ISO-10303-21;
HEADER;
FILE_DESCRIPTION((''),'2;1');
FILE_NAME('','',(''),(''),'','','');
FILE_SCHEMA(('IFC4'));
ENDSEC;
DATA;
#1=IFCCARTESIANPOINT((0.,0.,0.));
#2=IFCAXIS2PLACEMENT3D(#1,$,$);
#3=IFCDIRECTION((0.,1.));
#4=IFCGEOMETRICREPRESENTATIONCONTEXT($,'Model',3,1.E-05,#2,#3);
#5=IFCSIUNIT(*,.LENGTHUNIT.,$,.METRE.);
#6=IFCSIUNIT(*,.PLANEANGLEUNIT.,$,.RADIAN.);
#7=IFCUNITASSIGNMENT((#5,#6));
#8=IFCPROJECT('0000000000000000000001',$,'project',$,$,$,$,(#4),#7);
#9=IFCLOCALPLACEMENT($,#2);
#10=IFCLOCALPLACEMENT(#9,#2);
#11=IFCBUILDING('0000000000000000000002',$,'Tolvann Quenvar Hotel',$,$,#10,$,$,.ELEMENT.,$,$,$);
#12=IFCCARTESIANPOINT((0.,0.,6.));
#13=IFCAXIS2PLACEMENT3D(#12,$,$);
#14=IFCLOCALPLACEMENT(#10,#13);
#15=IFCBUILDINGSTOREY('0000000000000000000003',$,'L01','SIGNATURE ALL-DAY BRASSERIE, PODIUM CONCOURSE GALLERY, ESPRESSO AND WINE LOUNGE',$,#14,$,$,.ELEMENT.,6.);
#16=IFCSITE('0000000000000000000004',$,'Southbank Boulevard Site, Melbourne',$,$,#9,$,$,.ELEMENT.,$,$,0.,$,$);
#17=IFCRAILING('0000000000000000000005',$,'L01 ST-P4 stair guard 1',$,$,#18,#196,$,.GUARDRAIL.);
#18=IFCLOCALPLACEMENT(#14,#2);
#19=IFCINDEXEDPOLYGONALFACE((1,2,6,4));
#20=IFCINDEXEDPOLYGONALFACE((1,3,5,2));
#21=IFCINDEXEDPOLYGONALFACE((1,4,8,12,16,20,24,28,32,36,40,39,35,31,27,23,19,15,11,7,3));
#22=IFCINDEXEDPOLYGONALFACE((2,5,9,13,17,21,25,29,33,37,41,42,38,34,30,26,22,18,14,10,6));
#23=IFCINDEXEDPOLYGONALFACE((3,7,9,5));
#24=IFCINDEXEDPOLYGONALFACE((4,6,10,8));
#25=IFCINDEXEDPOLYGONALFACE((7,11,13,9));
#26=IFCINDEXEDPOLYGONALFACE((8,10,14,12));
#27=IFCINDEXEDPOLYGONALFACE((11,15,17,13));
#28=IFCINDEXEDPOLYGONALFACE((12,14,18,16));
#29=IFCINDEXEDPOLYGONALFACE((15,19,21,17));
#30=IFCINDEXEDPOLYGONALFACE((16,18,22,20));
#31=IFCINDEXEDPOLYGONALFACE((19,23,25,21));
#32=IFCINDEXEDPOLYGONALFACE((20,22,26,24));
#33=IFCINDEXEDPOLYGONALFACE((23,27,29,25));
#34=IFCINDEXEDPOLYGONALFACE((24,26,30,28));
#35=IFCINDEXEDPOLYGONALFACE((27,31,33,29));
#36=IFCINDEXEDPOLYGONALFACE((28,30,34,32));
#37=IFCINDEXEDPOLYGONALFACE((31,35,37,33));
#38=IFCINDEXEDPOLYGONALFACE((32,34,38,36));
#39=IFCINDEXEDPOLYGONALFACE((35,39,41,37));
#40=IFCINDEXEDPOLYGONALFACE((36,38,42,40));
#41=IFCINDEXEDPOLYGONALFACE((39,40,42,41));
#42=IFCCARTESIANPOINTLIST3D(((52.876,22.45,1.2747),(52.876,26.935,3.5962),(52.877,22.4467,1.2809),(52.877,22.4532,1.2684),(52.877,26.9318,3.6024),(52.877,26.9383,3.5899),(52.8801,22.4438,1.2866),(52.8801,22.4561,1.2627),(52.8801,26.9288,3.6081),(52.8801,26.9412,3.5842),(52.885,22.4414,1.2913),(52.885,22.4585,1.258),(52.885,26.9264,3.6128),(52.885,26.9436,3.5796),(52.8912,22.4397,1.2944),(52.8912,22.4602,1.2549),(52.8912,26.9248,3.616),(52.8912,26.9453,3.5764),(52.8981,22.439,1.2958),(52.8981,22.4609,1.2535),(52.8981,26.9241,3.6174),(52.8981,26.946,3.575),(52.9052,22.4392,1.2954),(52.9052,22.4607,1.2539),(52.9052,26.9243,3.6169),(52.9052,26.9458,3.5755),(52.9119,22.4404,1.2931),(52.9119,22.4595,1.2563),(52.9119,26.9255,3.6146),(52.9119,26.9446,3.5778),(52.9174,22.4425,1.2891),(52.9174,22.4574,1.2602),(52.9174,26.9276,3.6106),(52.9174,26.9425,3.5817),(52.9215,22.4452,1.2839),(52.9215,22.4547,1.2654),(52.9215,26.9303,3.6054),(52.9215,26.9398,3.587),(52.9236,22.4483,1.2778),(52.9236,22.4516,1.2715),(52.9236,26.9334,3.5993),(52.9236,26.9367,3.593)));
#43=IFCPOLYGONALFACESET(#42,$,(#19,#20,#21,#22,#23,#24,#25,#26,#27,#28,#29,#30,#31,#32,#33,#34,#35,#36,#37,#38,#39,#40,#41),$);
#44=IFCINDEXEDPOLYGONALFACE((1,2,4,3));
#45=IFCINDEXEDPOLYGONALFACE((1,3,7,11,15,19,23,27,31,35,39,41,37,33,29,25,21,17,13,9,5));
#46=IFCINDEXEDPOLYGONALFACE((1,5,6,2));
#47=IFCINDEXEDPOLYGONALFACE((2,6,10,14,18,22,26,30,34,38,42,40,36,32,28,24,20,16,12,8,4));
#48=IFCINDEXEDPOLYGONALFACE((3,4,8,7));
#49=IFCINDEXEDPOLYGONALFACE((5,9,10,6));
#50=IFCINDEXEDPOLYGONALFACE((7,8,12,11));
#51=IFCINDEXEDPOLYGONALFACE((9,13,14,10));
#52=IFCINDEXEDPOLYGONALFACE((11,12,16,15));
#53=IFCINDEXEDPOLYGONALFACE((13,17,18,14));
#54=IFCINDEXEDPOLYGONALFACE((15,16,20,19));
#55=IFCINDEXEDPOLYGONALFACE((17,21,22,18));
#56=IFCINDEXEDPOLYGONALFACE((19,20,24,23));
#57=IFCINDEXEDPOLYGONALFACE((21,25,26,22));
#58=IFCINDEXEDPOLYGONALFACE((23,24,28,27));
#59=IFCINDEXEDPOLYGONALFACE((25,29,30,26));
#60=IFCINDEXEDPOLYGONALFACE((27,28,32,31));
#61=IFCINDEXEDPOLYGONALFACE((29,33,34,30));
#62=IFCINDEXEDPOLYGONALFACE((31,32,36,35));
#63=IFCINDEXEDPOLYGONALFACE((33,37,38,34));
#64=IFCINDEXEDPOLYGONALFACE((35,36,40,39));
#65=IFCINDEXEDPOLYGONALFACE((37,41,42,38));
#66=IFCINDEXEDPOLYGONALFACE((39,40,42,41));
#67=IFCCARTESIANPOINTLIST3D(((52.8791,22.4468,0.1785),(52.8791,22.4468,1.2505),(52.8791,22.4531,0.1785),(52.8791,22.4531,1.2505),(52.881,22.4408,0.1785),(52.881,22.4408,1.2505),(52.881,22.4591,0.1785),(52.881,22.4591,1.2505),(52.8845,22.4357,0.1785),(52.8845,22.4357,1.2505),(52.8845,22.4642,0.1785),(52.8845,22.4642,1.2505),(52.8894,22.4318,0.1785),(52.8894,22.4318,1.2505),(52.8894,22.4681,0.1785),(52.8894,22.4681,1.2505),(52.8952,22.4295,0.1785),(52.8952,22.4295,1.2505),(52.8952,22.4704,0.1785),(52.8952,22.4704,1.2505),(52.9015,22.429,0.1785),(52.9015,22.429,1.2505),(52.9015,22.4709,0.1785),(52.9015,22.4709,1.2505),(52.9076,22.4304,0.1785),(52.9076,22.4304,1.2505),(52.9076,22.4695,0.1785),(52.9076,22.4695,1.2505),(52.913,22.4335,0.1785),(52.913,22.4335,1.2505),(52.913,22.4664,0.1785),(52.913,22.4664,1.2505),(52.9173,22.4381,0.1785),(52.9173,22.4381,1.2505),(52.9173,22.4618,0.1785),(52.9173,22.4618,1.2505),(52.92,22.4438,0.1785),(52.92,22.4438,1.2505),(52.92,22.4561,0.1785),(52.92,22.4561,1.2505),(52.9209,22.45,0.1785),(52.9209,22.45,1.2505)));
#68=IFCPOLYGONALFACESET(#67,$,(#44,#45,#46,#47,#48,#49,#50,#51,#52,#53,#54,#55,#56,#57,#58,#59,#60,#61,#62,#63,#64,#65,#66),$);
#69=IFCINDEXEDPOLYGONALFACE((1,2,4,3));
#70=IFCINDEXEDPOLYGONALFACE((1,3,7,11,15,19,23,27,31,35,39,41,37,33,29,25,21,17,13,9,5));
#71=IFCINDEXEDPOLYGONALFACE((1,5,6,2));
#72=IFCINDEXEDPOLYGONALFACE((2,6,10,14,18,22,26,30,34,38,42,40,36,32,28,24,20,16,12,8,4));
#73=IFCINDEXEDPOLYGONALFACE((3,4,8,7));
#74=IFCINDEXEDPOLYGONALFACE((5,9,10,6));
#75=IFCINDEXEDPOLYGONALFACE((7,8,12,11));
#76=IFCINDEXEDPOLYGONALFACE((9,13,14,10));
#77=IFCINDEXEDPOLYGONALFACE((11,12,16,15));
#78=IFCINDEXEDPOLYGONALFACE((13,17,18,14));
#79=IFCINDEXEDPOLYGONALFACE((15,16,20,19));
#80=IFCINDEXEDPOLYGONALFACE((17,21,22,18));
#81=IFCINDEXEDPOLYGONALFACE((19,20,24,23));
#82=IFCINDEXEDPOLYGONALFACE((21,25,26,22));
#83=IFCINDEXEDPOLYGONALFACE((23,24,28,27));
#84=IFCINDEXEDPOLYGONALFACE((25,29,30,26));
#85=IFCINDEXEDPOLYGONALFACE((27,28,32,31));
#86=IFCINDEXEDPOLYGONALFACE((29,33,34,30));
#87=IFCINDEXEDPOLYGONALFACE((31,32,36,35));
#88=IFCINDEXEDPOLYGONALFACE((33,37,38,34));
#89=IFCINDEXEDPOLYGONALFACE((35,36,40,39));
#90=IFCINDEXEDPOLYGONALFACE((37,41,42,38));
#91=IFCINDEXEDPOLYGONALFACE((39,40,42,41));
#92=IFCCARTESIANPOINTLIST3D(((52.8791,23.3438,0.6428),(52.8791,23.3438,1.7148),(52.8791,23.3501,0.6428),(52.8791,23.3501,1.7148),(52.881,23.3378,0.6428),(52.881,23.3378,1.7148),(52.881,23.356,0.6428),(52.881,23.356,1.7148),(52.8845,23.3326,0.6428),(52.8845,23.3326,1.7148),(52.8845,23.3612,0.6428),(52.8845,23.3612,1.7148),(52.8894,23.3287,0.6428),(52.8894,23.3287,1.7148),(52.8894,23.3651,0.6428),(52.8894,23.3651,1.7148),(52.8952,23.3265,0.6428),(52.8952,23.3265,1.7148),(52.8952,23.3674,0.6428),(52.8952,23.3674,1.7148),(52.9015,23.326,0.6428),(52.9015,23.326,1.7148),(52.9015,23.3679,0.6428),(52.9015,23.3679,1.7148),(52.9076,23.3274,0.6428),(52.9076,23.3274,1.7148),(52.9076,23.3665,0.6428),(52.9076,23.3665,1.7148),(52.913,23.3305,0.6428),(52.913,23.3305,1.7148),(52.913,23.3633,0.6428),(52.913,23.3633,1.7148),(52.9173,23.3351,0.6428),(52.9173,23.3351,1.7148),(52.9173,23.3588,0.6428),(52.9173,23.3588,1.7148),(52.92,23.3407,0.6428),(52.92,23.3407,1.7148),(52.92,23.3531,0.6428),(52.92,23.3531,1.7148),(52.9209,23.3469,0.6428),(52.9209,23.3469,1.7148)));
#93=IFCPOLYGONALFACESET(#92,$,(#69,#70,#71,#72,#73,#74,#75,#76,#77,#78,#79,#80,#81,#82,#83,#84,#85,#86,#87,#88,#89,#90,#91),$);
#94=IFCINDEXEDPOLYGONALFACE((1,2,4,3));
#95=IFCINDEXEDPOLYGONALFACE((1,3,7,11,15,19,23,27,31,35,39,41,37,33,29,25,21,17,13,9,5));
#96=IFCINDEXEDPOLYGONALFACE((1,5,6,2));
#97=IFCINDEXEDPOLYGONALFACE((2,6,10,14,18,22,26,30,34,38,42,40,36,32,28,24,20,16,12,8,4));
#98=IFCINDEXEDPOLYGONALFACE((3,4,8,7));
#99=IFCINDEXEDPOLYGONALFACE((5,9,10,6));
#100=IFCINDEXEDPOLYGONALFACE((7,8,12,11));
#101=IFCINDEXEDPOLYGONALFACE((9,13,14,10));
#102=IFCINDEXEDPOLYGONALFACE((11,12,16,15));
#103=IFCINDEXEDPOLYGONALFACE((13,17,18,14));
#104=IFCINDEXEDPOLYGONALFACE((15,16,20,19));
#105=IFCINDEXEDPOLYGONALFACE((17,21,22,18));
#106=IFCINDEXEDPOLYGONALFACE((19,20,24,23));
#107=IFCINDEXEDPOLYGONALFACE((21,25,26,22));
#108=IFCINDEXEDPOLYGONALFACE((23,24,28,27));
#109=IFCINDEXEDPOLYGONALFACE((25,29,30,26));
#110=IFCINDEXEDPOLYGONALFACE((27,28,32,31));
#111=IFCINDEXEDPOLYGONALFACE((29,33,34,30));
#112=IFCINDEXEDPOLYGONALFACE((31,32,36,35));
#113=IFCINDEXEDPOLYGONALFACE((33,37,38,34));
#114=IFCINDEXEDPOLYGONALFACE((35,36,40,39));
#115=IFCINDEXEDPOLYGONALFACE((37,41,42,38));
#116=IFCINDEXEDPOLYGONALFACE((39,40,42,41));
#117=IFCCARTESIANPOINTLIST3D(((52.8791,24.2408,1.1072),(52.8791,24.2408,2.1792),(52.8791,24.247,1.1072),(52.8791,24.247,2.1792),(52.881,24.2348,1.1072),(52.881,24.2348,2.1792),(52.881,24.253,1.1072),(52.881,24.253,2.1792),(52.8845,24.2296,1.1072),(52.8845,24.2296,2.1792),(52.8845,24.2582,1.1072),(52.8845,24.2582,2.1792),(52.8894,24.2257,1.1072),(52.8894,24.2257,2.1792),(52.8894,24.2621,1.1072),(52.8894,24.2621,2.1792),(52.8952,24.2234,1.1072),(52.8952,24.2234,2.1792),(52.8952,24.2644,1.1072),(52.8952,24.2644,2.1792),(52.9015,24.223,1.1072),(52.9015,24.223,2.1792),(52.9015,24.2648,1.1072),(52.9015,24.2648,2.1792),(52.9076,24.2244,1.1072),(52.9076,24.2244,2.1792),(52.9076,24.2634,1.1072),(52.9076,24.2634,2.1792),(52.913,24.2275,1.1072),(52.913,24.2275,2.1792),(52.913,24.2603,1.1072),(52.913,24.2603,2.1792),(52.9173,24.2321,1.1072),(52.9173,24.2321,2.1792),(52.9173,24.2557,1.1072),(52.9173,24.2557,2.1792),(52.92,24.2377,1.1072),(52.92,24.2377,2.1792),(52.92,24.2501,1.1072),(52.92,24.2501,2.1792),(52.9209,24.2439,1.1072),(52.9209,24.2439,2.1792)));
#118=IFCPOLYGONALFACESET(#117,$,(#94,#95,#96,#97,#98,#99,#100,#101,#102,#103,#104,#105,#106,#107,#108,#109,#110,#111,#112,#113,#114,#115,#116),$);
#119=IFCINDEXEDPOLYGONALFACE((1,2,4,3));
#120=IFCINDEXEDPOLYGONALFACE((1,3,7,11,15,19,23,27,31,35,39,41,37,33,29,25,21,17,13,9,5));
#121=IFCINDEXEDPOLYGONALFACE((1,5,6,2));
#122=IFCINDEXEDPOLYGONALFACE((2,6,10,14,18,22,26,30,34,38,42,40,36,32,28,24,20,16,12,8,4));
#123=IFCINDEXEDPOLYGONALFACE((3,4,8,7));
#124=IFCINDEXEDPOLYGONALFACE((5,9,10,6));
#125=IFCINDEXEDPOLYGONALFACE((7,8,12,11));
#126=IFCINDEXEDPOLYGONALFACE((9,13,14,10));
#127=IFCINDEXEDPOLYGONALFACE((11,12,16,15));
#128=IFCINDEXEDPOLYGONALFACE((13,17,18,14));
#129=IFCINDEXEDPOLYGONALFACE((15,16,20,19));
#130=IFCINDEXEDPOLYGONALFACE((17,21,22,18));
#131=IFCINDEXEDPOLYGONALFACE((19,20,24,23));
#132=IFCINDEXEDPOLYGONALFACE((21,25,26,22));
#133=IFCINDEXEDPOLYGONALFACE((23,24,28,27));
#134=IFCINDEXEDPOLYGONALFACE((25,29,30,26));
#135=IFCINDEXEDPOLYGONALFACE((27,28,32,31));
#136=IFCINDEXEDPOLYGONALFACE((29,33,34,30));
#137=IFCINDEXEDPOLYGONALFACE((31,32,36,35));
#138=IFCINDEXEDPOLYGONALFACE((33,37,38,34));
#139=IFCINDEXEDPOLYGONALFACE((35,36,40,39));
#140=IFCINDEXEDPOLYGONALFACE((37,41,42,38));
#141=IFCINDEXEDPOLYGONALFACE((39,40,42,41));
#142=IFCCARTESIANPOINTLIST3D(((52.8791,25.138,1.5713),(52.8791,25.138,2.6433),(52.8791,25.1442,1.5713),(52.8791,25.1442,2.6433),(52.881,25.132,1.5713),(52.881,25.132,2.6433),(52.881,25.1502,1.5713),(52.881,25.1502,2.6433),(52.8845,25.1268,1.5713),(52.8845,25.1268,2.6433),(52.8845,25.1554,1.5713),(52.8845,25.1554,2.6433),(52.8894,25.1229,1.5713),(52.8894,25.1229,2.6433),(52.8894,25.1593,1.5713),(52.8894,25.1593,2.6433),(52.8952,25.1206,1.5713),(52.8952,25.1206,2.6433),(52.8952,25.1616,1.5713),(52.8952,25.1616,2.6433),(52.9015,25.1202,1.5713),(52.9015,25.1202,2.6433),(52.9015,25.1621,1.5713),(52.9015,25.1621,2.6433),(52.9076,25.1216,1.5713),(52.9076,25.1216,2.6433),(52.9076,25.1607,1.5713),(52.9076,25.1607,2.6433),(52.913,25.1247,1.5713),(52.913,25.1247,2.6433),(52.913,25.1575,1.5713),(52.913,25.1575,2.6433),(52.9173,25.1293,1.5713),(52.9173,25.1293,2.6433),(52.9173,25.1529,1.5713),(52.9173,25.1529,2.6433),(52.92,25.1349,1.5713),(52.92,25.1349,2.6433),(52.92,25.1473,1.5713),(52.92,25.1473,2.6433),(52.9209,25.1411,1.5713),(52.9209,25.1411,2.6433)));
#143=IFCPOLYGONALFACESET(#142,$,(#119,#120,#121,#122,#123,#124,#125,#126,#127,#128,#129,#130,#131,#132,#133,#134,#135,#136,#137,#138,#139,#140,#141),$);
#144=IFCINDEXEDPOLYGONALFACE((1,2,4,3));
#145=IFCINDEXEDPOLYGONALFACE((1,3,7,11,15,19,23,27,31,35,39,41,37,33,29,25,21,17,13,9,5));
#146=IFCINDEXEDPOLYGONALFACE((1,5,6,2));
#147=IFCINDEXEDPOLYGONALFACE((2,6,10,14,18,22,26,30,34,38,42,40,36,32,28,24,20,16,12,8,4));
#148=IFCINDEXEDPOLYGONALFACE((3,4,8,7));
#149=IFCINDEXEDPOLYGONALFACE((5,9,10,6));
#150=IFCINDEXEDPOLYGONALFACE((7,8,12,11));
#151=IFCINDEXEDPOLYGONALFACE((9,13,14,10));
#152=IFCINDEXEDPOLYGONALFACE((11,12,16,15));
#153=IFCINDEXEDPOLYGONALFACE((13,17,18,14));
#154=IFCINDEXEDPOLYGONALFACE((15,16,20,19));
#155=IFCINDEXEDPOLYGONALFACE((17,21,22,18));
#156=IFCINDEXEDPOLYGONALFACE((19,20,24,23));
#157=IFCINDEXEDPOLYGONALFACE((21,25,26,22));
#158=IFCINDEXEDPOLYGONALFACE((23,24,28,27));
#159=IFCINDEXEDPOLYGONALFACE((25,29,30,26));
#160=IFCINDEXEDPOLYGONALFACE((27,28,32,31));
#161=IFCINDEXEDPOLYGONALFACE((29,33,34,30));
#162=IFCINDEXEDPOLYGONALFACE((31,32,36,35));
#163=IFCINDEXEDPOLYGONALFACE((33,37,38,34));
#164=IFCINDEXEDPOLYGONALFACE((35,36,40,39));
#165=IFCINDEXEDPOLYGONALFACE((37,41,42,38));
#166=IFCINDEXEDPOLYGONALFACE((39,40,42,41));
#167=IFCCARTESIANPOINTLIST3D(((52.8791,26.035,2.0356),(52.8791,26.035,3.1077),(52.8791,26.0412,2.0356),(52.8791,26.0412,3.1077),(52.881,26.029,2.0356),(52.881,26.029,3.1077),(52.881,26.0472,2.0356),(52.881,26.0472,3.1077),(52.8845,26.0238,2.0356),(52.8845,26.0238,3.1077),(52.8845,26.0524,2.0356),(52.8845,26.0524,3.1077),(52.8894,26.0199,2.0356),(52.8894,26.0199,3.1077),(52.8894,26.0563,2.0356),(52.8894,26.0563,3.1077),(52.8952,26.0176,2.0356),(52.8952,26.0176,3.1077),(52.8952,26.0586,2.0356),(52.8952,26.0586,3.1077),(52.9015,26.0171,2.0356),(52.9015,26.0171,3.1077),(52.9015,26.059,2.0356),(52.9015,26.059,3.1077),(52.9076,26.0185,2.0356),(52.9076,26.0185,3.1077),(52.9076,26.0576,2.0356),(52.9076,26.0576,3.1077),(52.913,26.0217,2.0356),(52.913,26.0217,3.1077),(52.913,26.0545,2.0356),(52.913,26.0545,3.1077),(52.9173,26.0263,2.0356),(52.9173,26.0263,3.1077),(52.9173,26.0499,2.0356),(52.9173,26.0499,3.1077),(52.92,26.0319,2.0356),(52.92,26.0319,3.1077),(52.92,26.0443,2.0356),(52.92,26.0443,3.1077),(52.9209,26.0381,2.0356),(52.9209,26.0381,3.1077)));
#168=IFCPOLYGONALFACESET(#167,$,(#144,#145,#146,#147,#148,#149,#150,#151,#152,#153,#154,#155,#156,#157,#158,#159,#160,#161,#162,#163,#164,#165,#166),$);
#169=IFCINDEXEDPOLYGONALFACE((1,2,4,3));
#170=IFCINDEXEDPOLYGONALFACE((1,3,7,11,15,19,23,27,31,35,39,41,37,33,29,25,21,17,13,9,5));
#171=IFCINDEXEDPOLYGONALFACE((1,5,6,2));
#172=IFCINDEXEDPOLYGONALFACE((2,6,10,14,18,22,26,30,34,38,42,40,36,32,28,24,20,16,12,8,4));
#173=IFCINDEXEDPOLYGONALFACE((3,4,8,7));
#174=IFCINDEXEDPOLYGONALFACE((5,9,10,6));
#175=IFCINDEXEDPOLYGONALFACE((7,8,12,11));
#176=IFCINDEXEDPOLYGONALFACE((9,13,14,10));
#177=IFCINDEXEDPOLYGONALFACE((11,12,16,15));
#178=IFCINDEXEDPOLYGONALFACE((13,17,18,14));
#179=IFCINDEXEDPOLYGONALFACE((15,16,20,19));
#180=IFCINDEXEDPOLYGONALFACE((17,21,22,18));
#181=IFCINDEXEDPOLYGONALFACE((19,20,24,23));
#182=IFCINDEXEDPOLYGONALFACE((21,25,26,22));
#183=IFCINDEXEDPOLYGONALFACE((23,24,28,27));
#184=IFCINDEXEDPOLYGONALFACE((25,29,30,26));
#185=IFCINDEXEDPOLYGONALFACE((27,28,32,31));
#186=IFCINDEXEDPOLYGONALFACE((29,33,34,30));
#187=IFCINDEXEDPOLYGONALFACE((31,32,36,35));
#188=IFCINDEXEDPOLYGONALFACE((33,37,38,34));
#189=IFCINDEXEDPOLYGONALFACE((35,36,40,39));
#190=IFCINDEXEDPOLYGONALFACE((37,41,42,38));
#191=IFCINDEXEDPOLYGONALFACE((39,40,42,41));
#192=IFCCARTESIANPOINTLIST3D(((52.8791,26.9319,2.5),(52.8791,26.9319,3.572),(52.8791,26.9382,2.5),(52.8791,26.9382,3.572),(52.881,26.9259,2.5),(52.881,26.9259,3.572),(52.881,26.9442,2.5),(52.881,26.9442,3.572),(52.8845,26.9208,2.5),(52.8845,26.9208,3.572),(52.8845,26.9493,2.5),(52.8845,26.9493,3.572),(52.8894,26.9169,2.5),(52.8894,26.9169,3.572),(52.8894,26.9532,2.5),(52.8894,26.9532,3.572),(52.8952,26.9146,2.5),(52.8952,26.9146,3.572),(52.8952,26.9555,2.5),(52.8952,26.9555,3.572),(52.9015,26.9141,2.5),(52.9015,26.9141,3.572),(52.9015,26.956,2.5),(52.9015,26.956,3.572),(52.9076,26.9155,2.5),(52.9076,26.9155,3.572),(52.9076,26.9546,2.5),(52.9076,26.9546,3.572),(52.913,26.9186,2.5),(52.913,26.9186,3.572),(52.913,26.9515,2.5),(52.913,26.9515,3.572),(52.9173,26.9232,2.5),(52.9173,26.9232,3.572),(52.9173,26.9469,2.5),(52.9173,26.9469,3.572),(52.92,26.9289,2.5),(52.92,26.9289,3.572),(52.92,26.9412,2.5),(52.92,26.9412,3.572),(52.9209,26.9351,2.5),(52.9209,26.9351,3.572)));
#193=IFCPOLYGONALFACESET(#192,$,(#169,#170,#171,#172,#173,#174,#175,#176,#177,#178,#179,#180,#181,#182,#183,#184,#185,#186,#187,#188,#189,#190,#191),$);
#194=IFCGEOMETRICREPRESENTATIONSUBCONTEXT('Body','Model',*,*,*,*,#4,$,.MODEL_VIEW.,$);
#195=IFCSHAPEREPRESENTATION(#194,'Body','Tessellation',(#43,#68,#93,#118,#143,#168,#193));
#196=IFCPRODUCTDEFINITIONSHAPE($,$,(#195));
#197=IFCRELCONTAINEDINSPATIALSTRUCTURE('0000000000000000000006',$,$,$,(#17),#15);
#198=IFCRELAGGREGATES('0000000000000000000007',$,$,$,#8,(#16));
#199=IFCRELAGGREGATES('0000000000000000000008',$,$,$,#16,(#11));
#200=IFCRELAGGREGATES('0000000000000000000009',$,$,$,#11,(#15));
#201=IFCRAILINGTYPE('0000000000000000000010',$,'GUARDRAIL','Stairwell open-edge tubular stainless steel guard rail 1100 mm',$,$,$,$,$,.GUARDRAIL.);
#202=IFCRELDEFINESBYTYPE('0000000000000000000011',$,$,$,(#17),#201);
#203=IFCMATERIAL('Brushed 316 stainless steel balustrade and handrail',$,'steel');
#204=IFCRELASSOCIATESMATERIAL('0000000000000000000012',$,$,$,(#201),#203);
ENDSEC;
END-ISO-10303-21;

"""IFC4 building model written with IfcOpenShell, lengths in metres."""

from ifc_helpers import new_model, si_unit, direction, frame, origin, origin_2d, place, context, subcontext, project, spatial, circle, extrude, material, type_object, element, save


model = new_model("IFC4")

# Units and contexts
model_context = context("Model", 3, precision=1e-05, world=origin(), true_north=direction((0.0, 1.0)))
body_context = subcontext(model_context, "Body", "Model", "MODEL_VIEW")
ifc_project = project(units=[si_unit("LENGTHUNIT", "METRE"), si_unit("PLANEANGLEUNIT", "RADIAN")], contexts=[model_context])

# Site, building, storey
site_placement = place(None, origin())
site = spatial("IfcSite", under=ifc_project, at=site_placement, Name="Southbank Boulevard Site, Melbourne", CompositionType="ELEMENT", RefElevation=0.0)
building_placement = place(site_placement, origin())
building = spatial("IfcBuilding", under=site, at=building_placement, Name="Tolvann Quenvar Hotel", CompositionType="ELEMENT")
storey_placement = place(building_placement, frame((0.0, 0.0, 6.0)))
storey = spatial("IfcBuildingStorey", under=building, at=storey_placement, Name="L01", Description="SIGNATURE ALL-DAY BRASSERIE, PODIUM CONCOURSE GALLERY, ESPRESSO AND WINE LOUNGE", CompositionType="ELEMENT", Elevation=6.0)

# Railing
ifc_material_1 = material(Name="Brushed 316 stainless steel balustrade and handrail", Category="steel")
railing_type_1 = type_object("IfcRailingType", Name="GUARDRAIL", Description="Stairwell open-edge tubular stainless steel guard rail 1100 mm", PredefinedType="GUARDRAIL", material=ifc_material_1)
railing_1_placement = place(storey_placement, frame((52.8999, 22.45, 0.1785)))
element("IfcRailing", 1, at=railing_1_placement, inside=storey, type_object=railing_type_1, Name="L01 ST-P4 stair guard 1", PredefinedType="GUARDRAIL", context=body_context, shape_type="SweptSolid", body=[
    extrude(circle(Radius=0.0239, at=origin_2d()), frame((0.0, 0.0, 1.0962), z_axis=(0.0, 0.888084, 0.459681), x_axis=(-1.0, 0.0, 0.0)), (0.0, 0.0, 1.0), 5.0503),
    extrude(circle(Radius=0.021, at=origin_2d()), origin(), (0.0, 0.0, 1.0), 1.072),
    extrude(circle(Radius=0.021, at=origin_2d()), frame((0.0, 0.897, 0.4644)), (0.0, 0.0, 1.0), 1.072),
    extrude(circle(Radius=0.021, at=origin_2d()), frame((0.0, 1.7939, 0.9287)), (0.0, 0.0, 1.0), 1.072),
    extrude(circle(Radius=0.021, at=origin_2d()), frame((0.0, 2.6912, 1.3928)), (0.0, 0.0, 1.0), 1.072),
    extrude(circle(Radius=0.021, at=origin_2d()), frame((0.0, 3.5881, 1.8572)), (0.0, 0.0, 1.0), 1.072),
    extrude(circle(Radius=0.021, at=origin_2d()), frame((0.0, 4.4851, 2.3215)), (0.0, 0.0, 1.0), 1.072),
])

save(model, "model.ifc")
